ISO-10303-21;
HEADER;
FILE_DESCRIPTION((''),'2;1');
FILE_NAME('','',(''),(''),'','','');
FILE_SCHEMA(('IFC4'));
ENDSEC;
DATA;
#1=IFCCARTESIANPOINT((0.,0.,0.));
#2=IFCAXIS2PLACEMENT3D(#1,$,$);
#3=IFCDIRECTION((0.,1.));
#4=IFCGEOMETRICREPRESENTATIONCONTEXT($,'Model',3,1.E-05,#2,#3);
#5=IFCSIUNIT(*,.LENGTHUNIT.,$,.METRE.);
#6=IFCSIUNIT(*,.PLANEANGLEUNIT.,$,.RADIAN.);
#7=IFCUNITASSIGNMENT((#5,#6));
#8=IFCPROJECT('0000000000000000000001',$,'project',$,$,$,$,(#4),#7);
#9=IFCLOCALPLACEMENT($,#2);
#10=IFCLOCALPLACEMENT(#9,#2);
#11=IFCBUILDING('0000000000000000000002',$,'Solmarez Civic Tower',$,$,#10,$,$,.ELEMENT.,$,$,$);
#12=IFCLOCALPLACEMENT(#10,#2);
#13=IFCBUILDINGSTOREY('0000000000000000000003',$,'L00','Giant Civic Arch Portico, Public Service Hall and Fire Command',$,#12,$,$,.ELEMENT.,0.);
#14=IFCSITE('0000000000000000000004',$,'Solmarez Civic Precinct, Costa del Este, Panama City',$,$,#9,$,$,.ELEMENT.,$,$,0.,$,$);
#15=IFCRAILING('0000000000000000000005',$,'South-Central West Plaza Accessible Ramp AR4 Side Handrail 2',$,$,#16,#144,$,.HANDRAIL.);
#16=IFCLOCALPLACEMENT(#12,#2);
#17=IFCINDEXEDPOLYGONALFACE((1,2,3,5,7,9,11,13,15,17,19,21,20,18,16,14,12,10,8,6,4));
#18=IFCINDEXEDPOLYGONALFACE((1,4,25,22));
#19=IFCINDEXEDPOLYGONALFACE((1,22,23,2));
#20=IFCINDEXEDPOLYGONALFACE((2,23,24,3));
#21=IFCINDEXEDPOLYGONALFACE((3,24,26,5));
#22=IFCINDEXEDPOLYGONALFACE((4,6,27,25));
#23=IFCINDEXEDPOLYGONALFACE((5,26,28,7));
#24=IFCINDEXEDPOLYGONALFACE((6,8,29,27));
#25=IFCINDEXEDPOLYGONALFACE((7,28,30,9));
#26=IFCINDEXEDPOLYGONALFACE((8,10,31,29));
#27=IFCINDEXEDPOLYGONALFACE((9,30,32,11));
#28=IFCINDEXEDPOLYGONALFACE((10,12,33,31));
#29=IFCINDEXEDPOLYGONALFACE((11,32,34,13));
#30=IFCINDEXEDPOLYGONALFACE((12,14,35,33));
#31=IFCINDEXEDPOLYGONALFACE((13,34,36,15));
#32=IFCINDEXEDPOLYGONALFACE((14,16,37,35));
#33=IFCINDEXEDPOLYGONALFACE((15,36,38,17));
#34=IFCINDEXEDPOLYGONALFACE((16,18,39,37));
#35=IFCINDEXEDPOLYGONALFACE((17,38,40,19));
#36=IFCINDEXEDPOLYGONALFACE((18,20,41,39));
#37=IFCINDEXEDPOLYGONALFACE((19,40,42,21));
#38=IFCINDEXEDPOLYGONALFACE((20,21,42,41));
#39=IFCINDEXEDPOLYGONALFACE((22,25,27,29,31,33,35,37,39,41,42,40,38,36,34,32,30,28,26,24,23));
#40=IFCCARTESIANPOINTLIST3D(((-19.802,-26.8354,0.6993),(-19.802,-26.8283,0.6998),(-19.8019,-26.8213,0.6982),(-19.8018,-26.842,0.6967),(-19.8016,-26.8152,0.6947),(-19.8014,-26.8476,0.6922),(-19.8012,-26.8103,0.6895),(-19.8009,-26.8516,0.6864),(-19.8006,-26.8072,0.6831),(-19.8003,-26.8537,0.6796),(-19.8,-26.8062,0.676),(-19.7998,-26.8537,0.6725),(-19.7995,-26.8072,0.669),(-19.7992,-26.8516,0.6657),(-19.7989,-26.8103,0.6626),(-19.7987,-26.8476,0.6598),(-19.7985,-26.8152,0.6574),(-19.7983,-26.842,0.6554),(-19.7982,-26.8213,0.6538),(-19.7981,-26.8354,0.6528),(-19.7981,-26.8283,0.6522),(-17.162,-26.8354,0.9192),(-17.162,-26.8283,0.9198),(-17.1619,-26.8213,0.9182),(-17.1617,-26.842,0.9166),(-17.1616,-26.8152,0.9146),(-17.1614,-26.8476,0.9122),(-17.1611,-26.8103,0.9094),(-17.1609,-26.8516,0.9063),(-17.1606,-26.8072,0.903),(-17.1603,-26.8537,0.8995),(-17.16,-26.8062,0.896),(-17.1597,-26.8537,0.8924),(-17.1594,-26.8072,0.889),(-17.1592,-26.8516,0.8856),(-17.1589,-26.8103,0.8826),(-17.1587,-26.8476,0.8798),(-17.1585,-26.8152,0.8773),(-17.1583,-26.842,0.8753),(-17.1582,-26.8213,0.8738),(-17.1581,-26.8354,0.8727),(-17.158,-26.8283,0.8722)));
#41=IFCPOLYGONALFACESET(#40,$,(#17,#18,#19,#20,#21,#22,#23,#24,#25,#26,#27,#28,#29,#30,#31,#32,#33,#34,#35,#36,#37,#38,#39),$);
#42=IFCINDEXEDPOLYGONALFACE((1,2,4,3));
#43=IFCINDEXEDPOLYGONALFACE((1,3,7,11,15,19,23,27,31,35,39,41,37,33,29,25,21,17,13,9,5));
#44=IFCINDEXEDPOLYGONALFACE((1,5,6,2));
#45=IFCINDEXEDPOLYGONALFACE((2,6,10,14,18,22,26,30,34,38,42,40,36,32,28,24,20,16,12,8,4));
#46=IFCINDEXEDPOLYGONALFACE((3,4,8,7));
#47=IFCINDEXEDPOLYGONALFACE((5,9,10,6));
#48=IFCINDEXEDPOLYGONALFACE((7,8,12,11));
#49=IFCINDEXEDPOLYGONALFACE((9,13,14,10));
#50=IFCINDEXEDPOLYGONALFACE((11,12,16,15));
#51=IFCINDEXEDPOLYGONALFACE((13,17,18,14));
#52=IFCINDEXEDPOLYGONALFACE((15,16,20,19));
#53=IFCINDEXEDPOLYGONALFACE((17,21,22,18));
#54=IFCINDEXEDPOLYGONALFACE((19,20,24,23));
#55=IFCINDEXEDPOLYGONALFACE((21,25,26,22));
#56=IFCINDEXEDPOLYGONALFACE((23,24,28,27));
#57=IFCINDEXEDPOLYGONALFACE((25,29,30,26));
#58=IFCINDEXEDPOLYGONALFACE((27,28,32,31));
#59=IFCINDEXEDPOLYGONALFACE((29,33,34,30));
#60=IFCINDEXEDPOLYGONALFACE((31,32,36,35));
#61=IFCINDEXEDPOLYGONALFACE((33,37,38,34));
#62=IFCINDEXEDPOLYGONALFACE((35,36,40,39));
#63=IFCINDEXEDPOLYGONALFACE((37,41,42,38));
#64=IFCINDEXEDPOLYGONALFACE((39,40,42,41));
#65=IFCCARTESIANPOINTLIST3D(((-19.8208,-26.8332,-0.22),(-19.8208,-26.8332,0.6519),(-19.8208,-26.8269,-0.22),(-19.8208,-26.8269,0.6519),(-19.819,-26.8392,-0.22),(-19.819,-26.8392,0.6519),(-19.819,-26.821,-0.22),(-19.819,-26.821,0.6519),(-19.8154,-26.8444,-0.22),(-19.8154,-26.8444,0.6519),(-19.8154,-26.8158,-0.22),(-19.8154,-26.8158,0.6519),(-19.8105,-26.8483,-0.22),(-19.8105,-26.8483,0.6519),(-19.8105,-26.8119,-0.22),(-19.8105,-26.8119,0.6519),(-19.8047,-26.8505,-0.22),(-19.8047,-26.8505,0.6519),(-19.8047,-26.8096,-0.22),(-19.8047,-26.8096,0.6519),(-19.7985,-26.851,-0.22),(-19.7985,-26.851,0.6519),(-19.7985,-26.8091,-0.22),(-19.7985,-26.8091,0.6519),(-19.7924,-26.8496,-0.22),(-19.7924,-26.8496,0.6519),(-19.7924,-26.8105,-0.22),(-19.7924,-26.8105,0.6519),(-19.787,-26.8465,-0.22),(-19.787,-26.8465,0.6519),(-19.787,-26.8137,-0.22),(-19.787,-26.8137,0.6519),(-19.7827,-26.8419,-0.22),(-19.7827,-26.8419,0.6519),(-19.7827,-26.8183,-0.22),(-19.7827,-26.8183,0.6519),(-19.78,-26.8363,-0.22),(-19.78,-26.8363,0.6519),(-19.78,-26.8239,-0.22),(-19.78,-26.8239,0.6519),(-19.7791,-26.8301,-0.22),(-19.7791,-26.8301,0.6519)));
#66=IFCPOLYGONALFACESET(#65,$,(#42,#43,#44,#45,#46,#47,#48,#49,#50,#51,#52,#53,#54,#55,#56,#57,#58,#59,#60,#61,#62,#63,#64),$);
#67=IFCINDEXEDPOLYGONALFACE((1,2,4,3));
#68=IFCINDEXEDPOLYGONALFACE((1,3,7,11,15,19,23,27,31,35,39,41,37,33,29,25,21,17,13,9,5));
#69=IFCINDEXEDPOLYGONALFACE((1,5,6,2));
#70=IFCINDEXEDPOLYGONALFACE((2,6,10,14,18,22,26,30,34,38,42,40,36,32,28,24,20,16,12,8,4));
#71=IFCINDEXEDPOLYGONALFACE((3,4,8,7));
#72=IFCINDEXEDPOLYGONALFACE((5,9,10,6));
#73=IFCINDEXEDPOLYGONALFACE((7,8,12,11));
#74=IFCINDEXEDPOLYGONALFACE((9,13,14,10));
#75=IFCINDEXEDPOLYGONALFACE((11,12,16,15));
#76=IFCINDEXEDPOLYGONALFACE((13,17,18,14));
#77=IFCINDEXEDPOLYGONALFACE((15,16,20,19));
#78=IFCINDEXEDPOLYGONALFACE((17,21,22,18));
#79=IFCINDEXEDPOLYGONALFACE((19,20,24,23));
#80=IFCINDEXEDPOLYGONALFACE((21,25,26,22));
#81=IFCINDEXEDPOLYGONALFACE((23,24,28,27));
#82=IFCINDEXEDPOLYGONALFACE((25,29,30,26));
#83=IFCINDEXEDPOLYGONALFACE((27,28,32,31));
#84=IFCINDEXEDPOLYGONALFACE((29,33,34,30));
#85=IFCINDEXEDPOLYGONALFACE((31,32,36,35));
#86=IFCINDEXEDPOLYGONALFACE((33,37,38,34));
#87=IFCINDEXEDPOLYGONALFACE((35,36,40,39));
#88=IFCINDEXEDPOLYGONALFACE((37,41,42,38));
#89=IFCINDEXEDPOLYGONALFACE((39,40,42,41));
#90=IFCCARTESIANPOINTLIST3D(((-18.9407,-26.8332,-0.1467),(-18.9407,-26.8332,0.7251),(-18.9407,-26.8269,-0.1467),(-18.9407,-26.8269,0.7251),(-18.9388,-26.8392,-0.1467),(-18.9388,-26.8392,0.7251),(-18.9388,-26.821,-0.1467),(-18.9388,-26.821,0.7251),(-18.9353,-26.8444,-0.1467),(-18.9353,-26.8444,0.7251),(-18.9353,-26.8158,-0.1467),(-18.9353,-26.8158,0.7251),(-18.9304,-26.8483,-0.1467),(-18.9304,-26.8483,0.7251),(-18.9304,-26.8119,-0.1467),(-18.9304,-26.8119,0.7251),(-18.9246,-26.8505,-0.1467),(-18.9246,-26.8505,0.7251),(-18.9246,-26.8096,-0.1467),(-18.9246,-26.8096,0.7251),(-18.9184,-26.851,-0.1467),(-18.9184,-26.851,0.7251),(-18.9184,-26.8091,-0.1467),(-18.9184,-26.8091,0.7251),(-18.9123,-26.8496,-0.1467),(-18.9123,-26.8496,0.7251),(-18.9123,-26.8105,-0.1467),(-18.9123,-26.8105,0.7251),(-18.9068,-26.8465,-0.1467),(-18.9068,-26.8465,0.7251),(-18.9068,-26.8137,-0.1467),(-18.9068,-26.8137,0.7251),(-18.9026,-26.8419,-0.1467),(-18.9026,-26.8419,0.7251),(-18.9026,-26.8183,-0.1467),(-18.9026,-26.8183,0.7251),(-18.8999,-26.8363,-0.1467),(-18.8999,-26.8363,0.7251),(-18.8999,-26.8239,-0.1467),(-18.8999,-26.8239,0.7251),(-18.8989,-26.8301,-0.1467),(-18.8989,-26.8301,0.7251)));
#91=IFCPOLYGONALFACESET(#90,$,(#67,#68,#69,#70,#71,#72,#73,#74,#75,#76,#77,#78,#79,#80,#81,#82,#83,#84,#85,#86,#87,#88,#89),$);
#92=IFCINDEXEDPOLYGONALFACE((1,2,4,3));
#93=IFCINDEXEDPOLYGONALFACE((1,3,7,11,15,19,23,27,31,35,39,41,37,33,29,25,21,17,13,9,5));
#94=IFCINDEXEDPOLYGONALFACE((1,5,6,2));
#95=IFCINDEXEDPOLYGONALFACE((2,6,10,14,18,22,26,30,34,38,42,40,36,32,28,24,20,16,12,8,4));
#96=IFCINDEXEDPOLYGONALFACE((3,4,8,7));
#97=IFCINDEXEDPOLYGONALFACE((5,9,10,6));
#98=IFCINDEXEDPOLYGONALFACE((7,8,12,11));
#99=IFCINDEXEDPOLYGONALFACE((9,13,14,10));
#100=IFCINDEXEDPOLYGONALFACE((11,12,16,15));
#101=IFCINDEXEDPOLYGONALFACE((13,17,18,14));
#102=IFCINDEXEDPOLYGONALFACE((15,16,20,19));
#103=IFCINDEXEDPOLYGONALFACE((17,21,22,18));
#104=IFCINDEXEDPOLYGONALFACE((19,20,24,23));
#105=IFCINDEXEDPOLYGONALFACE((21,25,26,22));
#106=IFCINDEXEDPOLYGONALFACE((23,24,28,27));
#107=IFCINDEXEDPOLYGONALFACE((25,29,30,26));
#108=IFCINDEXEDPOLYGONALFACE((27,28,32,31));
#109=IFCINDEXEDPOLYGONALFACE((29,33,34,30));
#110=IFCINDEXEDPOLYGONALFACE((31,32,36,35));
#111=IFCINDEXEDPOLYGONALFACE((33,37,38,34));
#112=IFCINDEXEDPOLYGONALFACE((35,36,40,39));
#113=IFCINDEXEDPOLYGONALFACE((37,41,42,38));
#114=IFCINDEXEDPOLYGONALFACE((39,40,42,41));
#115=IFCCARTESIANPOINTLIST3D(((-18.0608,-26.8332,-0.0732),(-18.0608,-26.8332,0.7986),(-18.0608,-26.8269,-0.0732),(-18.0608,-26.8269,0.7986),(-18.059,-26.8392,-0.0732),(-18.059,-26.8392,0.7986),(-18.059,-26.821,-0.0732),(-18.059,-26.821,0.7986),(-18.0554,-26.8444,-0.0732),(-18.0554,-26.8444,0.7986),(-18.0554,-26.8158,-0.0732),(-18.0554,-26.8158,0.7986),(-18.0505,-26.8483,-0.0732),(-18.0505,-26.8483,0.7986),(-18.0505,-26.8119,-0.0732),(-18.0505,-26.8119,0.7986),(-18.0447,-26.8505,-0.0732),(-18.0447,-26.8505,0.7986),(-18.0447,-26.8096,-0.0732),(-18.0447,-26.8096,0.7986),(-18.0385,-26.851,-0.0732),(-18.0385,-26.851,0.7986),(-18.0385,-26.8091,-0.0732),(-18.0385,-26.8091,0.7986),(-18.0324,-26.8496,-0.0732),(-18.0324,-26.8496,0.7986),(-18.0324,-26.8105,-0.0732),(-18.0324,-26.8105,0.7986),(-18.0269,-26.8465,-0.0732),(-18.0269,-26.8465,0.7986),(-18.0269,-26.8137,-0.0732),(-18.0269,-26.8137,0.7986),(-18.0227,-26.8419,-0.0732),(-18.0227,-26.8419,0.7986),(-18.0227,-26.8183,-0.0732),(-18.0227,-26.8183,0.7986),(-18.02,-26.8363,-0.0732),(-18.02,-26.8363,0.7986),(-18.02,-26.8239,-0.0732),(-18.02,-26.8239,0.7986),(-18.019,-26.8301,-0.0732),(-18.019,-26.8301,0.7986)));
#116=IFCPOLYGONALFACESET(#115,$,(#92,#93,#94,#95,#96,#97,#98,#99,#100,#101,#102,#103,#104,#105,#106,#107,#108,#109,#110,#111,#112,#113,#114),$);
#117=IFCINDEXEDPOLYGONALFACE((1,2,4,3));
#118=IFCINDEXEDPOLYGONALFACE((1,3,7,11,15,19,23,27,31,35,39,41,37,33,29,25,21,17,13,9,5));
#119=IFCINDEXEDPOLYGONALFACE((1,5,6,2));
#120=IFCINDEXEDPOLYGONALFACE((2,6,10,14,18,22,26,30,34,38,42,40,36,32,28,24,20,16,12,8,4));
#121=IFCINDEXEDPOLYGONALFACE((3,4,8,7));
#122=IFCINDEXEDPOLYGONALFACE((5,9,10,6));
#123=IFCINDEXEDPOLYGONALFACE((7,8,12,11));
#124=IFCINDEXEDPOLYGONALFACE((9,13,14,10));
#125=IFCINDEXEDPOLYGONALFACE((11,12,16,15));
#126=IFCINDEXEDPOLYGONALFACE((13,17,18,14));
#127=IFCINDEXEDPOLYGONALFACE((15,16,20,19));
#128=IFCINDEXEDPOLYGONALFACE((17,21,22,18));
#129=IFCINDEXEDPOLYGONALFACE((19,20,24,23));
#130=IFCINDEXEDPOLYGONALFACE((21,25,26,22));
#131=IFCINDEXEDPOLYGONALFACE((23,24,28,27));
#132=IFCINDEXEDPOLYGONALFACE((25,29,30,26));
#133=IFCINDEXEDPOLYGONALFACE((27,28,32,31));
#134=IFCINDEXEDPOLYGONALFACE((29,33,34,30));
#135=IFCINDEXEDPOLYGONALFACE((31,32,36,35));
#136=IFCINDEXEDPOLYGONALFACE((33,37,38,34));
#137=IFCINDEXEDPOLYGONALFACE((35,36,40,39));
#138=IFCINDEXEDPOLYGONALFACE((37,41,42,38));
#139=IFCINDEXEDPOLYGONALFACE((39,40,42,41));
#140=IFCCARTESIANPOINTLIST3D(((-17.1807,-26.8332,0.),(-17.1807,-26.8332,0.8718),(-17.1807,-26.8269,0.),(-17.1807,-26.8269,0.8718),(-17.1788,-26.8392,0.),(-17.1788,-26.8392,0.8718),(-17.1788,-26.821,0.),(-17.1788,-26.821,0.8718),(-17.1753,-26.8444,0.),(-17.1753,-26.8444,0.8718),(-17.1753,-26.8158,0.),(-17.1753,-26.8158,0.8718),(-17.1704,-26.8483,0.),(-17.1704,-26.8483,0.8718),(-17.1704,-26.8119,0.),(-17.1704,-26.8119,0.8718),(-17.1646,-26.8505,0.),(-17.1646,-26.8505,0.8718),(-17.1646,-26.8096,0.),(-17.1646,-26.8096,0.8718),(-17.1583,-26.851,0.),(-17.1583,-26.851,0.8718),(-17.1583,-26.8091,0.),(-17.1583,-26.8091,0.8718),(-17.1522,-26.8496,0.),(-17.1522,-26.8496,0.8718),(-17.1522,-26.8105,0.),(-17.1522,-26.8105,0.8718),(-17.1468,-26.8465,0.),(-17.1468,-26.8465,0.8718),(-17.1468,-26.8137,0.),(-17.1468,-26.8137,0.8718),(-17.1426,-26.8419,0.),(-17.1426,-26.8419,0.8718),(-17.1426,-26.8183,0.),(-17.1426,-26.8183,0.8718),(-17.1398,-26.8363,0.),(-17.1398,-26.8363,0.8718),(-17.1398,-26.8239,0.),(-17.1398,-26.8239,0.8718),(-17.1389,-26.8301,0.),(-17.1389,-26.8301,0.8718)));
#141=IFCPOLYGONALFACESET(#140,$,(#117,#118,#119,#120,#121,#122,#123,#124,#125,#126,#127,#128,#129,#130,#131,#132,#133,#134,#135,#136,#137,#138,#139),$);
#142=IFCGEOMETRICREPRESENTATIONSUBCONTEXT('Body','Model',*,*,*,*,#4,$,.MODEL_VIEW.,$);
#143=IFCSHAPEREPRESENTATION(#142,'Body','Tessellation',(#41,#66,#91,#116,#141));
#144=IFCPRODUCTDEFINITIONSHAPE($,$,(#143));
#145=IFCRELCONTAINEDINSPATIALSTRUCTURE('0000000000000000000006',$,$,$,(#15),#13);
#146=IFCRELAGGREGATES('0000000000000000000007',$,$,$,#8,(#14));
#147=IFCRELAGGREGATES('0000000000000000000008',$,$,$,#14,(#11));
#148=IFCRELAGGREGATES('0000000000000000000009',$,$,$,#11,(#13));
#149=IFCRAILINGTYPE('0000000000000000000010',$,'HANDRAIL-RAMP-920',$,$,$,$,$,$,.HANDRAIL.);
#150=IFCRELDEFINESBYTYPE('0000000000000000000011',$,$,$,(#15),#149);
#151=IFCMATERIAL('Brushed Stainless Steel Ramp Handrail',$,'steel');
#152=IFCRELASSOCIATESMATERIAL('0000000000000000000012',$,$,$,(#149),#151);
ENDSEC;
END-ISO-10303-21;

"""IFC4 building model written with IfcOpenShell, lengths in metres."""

from ifc_helpers import new_model, si_unit, direction, frame, origin, origin_2d, place, context, subcontext, project, spatial, circle, extrude, material, type_object, element, save


model = new_model("IFC4")

# Units and contexts
model_context = context("Model", 3, precision=1e-05, world=origin(), true_north=direction((0.0, 1.0)))
body_context = subcontext(model_context, "Body", "Model", "MODEL_VIEW")
ifc_project = project(units=[si_unit("LENGTHUNIT", "METRE"), si_unit("PLANEANGLEUNIT", "RADIAN")], contexts=[model_context])

# Site, building, storey
site_placement = place(None, origin())
site = spatial("IfcSite", under=ifc_project, at=site_placement, Name="Solmarez Civic Precinct, Costa del Este, Panama City", CompositionType="ELEMENT", RefElevation=0.0)
building_placement = place(site_placement, origin())
building = spatial("IfcBuilding", under=site, at=building_placement, Name="Solmarez Civic Tower", CompositionType="ELEMENT")
storey_placement = place(building_placement, origin())
storey = spatial("IfcBuildingStorey", under=building, at=storey_placement, Name="L00", Description="Giant Civic Arch Portico, Public Service Hall and Fire Command", CompositionType="ELEMENT", Elevation=0.0)

# Railing
ifc_material_1 = material(Name="Brushed Stainless Steel Ramp Handrail", Category="steel")
railing_type = type_object("IfcRailingType", Name="HANDRAIL-RAMP-920", PredefinedType="HANDRAIL", material=ifc_material_1)
for number, where, name in (
    (1, (-19.8, -26.8301, -0.22), "South-Central West Plaza Accessible Ramp AR4 Side Handrail 2"),
):
    element("IfcRailing", number, at=place(storey_placement, frame(where)), inside=storey, type_object=railing_type, Name=name, PredefinedType="HANDRAIL", context=body_context, shape_type="SweptSolid", body=[
        extrude(circle(Radius=0.0239, at=origin_2d()), frame((0.0, 0.0, 0.896), z_axis=(0.996547, 0.0, 0.08303), x_axis=(0.0, 1.0, 0.0)), (0.0, 0.0, 1.0), 2.6492),
        extrude(circle(Radius=0.021, at=origin_2d()), origin(), (0.0, 0.0, 1.0), 0.8718),
        extrude(circle(Radius=0.021, at=origin_2d()), frame((0.8801, 0.0, 0.0732)), (0.0, 0.0, 1.0), 0.8718),
        extrude(circle(Radius=0.021, at=origin_2d()), frame((1.76, 0.0, 0.1467)), (0.0, 0.0, 1.0), 0.8718),
        extrude(circle(Radius=0.021, at=origin_2d()), frame((2.6401, 0.0, 0.22)), (0.0, 0.0, 1.0), 0.8718),
    ])

save(model, "model.ifc")
